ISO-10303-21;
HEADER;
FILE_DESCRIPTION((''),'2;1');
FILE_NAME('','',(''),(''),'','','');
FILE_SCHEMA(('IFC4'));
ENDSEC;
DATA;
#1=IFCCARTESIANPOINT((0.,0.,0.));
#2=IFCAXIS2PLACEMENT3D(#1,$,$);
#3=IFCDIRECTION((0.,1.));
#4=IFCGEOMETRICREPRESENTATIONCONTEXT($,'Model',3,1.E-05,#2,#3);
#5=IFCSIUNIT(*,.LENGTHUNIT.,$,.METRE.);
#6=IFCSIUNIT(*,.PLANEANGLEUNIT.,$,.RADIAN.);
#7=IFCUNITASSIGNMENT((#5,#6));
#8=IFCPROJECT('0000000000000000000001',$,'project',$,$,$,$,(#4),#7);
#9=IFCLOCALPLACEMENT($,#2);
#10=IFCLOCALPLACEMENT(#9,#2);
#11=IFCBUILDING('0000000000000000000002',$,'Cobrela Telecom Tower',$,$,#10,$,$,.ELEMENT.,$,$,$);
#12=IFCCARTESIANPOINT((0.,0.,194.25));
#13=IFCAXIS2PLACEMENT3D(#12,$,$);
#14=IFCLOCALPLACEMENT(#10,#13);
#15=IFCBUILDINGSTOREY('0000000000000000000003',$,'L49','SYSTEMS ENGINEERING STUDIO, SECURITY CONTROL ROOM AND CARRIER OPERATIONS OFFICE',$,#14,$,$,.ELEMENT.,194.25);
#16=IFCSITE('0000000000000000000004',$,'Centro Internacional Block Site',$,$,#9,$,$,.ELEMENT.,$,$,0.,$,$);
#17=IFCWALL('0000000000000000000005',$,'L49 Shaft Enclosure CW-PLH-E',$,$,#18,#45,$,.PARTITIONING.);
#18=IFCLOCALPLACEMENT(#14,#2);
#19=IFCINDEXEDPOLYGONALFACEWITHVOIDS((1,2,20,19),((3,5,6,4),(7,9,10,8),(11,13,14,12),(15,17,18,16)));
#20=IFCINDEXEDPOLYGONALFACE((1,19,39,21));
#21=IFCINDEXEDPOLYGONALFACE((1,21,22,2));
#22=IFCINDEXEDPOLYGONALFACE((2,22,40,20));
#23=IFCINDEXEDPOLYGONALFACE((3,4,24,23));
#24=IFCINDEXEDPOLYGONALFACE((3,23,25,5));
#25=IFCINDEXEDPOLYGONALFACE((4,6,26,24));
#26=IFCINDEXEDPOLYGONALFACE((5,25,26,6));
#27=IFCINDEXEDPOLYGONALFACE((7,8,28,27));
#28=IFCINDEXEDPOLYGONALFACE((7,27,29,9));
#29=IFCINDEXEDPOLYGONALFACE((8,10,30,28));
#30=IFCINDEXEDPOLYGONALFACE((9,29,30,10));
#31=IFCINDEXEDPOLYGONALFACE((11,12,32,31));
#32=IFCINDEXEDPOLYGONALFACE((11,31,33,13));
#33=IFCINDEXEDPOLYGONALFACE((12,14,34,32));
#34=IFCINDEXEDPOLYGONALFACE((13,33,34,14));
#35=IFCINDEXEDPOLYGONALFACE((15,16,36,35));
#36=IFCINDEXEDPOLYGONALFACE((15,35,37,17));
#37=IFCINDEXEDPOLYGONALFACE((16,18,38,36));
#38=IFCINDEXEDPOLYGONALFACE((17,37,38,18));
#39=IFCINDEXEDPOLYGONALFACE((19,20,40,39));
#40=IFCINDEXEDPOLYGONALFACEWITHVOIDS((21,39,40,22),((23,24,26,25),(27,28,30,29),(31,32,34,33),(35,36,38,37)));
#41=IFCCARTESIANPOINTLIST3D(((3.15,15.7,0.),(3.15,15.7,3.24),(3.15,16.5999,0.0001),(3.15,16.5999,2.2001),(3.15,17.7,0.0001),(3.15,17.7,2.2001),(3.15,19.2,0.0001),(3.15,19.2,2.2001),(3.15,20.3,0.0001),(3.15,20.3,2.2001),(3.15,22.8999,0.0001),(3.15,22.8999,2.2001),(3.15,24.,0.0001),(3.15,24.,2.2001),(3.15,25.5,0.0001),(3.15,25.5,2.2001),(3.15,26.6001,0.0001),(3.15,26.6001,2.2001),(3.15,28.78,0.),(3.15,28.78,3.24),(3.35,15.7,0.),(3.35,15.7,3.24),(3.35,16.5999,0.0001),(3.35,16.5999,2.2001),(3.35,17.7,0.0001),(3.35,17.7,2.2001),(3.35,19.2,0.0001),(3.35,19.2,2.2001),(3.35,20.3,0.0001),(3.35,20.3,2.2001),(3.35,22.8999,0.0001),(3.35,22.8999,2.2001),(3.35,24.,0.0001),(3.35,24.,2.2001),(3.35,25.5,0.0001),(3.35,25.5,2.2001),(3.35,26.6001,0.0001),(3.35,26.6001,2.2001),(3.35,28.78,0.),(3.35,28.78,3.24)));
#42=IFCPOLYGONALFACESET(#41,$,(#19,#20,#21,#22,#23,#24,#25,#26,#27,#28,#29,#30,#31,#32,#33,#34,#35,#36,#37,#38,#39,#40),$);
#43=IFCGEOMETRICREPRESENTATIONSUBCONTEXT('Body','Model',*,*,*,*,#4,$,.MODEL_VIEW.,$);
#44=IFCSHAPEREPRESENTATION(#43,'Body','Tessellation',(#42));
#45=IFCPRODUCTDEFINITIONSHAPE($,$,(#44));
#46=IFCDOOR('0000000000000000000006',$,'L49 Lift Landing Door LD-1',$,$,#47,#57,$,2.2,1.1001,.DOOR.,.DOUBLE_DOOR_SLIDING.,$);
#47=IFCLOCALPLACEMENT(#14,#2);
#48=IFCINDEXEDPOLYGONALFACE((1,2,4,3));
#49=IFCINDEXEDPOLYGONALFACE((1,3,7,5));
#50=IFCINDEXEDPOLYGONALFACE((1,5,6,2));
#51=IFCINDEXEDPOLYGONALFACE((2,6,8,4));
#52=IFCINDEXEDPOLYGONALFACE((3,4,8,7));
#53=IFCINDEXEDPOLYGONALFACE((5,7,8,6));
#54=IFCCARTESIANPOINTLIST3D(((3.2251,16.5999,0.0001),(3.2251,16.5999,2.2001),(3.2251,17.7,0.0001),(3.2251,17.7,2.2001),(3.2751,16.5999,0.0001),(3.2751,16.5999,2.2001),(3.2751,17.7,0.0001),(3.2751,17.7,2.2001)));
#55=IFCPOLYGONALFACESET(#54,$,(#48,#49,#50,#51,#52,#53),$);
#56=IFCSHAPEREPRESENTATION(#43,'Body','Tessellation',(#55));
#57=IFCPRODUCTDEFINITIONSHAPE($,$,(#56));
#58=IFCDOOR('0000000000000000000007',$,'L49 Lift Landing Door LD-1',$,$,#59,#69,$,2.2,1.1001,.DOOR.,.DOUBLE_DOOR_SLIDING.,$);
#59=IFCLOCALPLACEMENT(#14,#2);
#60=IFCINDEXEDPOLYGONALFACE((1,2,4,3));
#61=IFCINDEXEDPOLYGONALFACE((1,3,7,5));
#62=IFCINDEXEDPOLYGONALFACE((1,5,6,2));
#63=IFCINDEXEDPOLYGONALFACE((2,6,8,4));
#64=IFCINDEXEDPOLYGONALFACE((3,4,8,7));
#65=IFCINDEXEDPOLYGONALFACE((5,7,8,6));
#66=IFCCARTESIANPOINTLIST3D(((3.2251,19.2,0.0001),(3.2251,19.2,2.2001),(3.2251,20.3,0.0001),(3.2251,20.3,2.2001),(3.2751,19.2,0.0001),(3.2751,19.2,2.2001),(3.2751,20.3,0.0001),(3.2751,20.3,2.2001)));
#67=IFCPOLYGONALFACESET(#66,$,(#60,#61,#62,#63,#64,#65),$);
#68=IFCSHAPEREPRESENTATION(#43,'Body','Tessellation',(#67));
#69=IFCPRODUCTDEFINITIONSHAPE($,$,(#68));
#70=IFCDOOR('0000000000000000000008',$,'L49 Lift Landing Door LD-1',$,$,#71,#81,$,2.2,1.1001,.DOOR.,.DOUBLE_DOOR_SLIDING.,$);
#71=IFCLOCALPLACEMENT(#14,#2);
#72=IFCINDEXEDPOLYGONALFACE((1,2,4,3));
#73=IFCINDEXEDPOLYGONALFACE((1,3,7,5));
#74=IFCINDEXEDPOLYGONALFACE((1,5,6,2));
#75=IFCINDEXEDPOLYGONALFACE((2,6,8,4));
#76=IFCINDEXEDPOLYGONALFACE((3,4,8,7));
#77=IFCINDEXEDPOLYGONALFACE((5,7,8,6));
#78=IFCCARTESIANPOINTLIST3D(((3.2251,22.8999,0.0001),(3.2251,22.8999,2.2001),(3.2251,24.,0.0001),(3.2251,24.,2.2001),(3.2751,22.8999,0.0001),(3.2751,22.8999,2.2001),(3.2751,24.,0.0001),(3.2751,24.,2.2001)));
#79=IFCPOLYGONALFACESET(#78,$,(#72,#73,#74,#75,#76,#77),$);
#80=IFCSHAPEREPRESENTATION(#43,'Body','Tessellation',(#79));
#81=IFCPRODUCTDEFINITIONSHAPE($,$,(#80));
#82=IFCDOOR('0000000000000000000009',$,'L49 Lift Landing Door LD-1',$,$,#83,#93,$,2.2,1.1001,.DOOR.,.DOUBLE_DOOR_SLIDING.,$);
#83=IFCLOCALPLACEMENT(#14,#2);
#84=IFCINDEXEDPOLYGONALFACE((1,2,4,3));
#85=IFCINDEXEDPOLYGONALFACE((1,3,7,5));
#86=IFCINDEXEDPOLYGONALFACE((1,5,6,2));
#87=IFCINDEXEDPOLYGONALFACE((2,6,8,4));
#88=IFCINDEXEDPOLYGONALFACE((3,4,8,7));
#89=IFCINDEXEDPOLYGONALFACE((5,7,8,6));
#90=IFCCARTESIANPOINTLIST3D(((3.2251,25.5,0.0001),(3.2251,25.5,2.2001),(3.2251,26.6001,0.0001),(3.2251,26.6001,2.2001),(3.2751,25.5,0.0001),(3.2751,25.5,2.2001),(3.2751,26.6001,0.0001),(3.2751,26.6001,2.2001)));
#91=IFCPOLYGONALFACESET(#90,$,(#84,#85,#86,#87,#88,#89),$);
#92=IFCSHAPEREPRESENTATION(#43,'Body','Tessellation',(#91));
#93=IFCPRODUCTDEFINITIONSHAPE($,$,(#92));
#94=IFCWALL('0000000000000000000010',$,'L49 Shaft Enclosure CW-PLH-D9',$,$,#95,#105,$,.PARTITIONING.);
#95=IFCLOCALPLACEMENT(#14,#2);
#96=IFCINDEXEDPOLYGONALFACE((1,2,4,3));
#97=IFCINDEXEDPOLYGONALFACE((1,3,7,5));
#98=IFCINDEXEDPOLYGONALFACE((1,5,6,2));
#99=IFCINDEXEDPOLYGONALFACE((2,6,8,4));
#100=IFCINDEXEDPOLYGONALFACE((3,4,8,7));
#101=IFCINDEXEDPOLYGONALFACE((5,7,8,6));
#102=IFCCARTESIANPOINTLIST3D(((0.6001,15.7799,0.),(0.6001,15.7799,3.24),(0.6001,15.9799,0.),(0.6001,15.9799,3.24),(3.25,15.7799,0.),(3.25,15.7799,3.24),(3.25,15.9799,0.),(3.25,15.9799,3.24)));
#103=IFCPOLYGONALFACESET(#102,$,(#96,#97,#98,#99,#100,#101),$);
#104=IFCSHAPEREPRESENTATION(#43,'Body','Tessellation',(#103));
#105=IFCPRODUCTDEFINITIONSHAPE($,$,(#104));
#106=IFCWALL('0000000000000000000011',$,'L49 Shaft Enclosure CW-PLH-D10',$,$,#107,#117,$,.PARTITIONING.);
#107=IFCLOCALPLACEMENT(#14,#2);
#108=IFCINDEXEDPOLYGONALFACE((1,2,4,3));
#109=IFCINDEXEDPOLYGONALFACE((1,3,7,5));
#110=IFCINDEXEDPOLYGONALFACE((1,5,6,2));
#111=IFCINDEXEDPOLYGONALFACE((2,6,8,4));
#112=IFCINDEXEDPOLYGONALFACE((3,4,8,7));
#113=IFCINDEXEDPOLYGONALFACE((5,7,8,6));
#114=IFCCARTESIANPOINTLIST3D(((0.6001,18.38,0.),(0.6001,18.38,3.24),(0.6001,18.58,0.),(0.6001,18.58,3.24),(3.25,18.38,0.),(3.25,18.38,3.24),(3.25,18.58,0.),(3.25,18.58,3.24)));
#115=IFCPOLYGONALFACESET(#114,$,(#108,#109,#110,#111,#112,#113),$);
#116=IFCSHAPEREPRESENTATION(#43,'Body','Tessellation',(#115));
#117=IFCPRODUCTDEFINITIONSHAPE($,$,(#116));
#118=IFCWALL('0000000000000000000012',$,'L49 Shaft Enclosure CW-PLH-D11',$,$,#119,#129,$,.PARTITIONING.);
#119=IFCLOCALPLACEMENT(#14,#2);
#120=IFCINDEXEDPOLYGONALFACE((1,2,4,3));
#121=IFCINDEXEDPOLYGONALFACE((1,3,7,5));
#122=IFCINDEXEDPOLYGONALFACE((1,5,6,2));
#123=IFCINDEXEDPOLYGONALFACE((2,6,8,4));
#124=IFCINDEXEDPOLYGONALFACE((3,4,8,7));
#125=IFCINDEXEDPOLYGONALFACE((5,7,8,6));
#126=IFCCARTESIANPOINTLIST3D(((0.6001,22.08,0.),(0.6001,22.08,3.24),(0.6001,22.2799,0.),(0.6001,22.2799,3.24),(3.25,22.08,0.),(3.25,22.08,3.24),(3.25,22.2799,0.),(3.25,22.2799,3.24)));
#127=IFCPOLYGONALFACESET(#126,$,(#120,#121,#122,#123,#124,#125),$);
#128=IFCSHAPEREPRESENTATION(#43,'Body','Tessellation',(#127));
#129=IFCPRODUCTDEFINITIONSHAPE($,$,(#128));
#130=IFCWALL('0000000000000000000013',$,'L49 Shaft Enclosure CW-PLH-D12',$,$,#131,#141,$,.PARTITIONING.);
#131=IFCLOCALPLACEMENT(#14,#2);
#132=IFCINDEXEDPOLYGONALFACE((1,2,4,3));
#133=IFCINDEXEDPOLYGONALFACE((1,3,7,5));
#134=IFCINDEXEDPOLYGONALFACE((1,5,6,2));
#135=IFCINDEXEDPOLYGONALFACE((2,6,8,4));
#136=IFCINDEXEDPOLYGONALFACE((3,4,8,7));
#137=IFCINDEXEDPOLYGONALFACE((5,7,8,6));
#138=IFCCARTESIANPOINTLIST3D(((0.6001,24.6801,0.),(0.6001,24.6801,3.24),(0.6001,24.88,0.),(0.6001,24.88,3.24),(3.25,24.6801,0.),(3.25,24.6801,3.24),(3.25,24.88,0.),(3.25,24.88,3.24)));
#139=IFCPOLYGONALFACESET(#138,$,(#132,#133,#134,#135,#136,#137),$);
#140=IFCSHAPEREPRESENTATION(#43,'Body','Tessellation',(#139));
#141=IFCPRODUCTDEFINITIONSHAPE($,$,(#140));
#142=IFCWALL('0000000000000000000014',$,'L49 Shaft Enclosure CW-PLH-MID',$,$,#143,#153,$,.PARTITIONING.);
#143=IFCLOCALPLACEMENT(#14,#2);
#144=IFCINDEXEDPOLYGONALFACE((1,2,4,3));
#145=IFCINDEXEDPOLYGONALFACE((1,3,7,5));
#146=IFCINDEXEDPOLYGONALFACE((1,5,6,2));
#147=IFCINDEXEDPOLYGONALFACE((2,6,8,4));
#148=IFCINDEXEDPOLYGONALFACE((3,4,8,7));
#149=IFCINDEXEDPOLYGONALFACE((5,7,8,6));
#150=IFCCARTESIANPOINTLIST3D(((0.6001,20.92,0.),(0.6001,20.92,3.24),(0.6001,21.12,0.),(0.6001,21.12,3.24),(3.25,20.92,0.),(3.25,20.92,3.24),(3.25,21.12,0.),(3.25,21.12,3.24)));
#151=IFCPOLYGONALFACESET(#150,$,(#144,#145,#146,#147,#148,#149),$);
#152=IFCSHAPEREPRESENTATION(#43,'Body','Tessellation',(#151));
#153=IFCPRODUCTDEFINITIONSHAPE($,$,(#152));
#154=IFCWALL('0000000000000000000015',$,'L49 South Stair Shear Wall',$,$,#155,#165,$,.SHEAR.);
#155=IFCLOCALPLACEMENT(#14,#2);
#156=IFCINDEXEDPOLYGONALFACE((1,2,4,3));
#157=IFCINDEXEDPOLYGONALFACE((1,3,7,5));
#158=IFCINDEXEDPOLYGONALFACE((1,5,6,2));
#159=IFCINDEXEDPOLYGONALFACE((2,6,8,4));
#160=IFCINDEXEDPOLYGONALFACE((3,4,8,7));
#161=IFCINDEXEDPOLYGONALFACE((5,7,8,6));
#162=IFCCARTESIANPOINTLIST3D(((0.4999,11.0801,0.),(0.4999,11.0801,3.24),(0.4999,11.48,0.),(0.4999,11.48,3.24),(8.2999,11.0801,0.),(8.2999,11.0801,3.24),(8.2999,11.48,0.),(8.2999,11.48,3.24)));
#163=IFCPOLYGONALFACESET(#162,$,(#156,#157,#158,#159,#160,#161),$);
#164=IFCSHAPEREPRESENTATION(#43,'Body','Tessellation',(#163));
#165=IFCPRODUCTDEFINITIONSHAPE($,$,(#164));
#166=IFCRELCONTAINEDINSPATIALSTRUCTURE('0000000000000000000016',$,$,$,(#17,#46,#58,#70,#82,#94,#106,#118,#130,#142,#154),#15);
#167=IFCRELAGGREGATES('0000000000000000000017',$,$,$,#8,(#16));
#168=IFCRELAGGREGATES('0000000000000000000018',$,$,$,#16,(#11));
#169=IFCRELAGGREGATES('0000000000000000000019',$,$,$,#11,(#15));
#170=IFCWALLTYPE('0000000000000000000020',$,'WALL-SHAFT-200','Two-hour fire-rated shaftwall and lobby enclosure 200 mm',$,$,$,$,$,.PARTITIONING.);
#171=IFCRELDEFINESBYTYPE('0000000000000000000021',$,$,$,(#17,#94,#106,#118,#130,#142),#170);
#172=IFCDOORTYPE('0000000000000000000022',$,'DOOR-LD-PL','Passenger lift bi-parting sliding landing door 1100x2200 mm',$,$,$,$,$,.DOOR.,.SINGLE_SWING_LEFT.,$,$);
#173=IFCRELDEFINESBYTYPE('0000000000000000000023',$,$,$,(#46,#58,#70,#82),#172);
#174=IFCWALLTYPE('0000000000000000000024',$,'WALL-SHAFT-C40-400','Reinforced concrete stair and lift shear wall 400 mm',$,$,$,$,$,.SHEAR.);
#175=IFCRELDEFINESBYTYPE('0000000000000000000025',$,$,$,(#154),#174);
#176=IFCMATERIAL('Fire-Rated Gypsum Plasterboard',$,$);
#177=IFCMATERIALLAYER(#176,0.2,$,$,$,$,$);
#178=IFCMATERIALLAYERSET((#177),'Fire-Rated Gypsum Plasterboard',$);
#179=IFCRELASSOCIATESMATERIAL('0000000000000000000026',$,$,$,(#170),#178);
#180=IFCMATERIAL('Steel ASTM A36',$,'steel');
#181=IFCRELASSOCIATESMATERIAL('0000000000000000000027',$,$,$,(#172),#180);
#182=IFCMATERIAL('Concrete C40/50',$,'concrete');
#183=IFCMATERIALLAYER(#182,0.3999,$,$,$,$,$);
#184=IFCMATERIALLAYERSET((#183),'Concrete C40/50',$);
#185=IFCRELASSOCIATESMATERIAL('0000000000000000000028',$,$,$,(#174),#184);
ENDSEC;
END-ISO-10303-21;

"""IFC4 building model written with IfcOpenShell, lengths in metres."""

from ifc_helpers import new_model, si_unit, direction, frame, frame_2d, origin, place, context, subcontext, project, spatial, rectangle, extrude, material, layer, layer_set, type_object, element, fill, save


model = new_model("IFC4")

# Units and contexts
model_context = context("Model", 3, precision=1e-05, world=origin(), true_north=direction((0.0, 1.0)))
body_context = subcontext(model_context, "Body", "Model", "MODEL_VIEW")
ifc_project = project(units=[si_unit("LENGTHUNIT", "METRE"), si_unit("PLANEANGLEUNIT", "RADIAN")], contexts=[model_context])

# Site, building, storey
site_placement = place(None, origin())
site = spatial("IfcSite", under=ifc_project, at=site_placement, Name="Centro Internacional Block Site", CompositionType="ELEMENT", RefElevation=0.0)
building_placement = place(site_placement, origin())
building = spatial("IfcBuilding", under=site, at=building_placement, Name="Cobrela Telecom Tower", CompositionType="ELEMENT")
storey_placement = place(building_placement, frame((0.0, 0.0, 194.25)))
storey = spatial("IfcBuildingStorey", under=building, at=storey_placement, Name="L49", Description="SYSTEMS ENGINEERING STUDIO, SECURITY CONTROL ROOM AND CARRIER OPERATIONS OFFICE", CompositionType="ELEMENT", Elevation=194.25)

# Shared definitions
ifc_material_1 = material(Name="Fire-Rated Gypsum Plasterboard")

# Wall, openings, doors
ifc_layer_1 = layer(ifc_material_1, 0.2)
ifc_layer_set_1 = layer_set([ifc_layer_1], Name="Fire-Rated Gypsum Plasterboard")
wall_type_1 = type_object("IfcWallType", Name="WALL-SHAFT-200", Description="Two-hour fire-rated shaftwall and lobby enclosure 200 mm", PredefinedType="PARTITIONING", material=ifc_layer_set_1)
wall_1_placement = place(storey_placement, frame((3.25, 15.7, 0.0), z_axis=(0.0, 0.0, 1.0), x_axis=(0.0, 1.0, 0.0)))
wall_1 = element("IfcWall", 1, at=wall_1_placement, inside=storey, type_object=wall_type_1, Name="L49 Shaft Enclosure CW-PLH-E", PredefinedType="PARTITIONING", context=body_context, shape_type="SweptSolid", body=[
    extrude(rectangle(XDim=13.0801, YDim=0.2, at=frame_2d((6.54, 0.0))), origin(), (0.0, 0.0, 1.0), 3.24),
])
opening_1_placement = place(wall_1_placement, frame((0.8999, 0.0, 0.0)))
opening_1 = element("IfcOpeningElement", 2, at=opening_1_placement, cuts=wall_1, PredefinedType="OPENING", context=body_context, shape_type="SweptSolid", body=[
    extrude(rectangle(XDim=1.1001, YDim=2.2, at=frame_2d((0.55, 1.1001))), frame((0.0, 0.1118, 0.0), z_axis=(0.0, -1.0, 0.0), x_axis=(1.0, 0.0, 0.0)), (0.0, 0.0, 1.0), 0.2239),
])
opening_2_placement = place(wall_1_placement, frame((3.5, 0.0, 0.0)))
opening_2 = element("IfcOpeningElement", 3, at=opening_2_placement, cuts=wall_1, PredefinedType="OPENING", context=body_context, shape_type="SweptSolid", body=[
    extrude(rectangle(XDim=1.1001, YDim=2.2, at=frame_2d((0.55, 1.1001))), frame((0.0, 0.1118, 0.0), z_axis=(0.0, -1.0, 0.0), x_axis=(1.0, 0.0, 0.0)), (0.0, 0.0, 1.0), 0.2239),
])
opening_3_placement = place(wall_1_placement, frame((7.2, 0.0, 0.0)))
opening_3 = element("IfcOpeningElement", 4, at=opening_3_placement, cuts=wall_1, PredefinedType="OPENING", context=body_context, shape_type="SweptSolid", body=[
    extrude(rectangle(XDim=1.1001, YDim=2.2, at=frame_2d((0.55, 1.1001))), frame((0.0, 0.1118, 0.0), z_axis=(0.0, -1.0, 0.0), x_axis=(1.0, 0.0, 0.0)), (0.0, 0.0, 1.0), 0.2239),
])
opening_4_placement = place(wall_1_placement, frame((9.8, 0.0, 0.0)))
opening_4 = element("IfcOpeningElement", 5, at=opening_4_placement, cuts=wall_1, PredefinedType="OPENING", context=body_context, shape_type="SweptSolid", body=[
    extrude(rectangle(XDim=1.1001, YDim=2.2, at=frame_2d((0.55, 1.1001))), frame((0.0, 0.1118, 0.0), z_axis=(0.0, -1.0, 0.0), x_axis=(1.0, 0.0, 0.0)), (0.0, 0.0, 1.0), 0.2239),
])
ifc_material_2 = material(Name="Steel ASTM A36", Category="steel")
door_type_1 = type_object("IfcDoorType", Name="DOOR-LD-PL", Description="Passenger lift bi-parting sliding landing door 1100x2200 mm", OperationType="SINGLE_SWING_LEFT", PredefinedType="DOOR", material=ifc_material_2)
door_1_placement = place(opening_1_placement, origin())
door_1 = element("IfcDoor", 6, at=door_1_placement, inside=storey, type_object=door_type_1, Name="L49 Lift Landing Door LD-1", OperationType="DOUBLE_DOOR_SLIDING", OverallHeight=2.2, OverallWidth=1.1001, PredefinedType="DOOR", context=body_context, shape_type="SweptSolid", body=[
    extrude(rectangle(XDim=1.1001, YDim=2.2, at=frame_2d((0.55, 1.1001))), frame((0.0, 0.0249, 0.0), z_axis=(0.0, -1.0, 0.0), x_axis=(1.0, 0.0, 0.0)), (0.0, 0.0, 1.0), 0.05),
])
fill(opening_1, door_1)
door_2_placement = place(opening_2_placement, origin())
door_2 = element("IfcDoor", 7, at=door_2_placement, inside=storey, type_object=door_type_1, Name="L49 Lift Landing Door LD-1", OperationType="DOUBLE_DOOR_SLIDING", OverallHeight=2.2, OverallWidth=1.1001, PredefinedType="DOOR", context=body_context, shape_type="SweptSolid", body=[
    extrude(rectangle(XDim=1.1001, YDim=2.2, at=frame_2d((0.55, 1.1001))), frame((0.0, 0.0249, 0.0), z_axis=(0.0, -1.0, 0.0), x_axis=(1.0, 0.0, 0.0)), (0.0, 0.0, 1.0), 0.05),
])
fill(opening_2, door_2)
door_3_placement = place(opening_3_placement, origin())
door_3 = element("IfcDoor", 8, at=door_3_placement, inside=storey, type_object=door_type_1, Name="L49 Lift Landing Door LD-1", OperationType="DOUBLE_DOOR_SLIDING", OverallHeight=2.2, OverallWidth=1.1001, PredefinedType="DOOR", context=body_context, shape_type="SweptSolid", body=[
    extrude(rectangle(XDim=1.1001, YDim=2.2, at=frame_2d((0.55, 1.1001))), frame((0.0, 0.0249, 0.0), z_axis=(0.0, -1.0, 0.0), x_axis=(1.0, 0.0, 0.0)), (0.0, 0.0, 1.0), 0.05),
])
fill(opening_3, door_3)
door_4_placement = place(opening_4_placement, origin())
door_4 = element("IfcDoor", 9, at=door_4_placement, inside=storey, type_object=door_type_1, Name="L49 Lift Landing Door LD-1", OperationType="DOUBLE_DOOR_SLIDING", OverallHeight=2.2, OverallWidth=1.1001, PredefinedType="DOOR", context=body_context, shape_type="SweptSolid", body=[
    extrude(rectangle(XDim=1.1001, YDim=2.2, at=frame_2d((0.55, 1.1001))), frame((0.0, 0.0249, 0.0), z_axis=(0.0, -1.0, 0.0), x_axis=(1.0, 0.0, 0.0)), (0.0, 0.0, 1.0), 0.05),
])
fill(opening_4, door_4)

# Walls
for number, where, z_axis, x_axis, name in (
    (10, (0.6001, 15.8799, 0.0), (0.0, 0.0, 1.0), (1.0, 0.0, 0.0), "L49 Shaft Enclosure CW-PLH-D9"),
    (11, (0.6001, 18.48, 0.0), (0.0, 0.0, 1.0), (1.0, 0.0, 0.0), "L49 Shaft Enclosure CW-PLH-D10"),
    (12, (0.6001, 22.1799, 0.0), (0.0, 0.0, 1.0), (1.0, 0.0, 0.0), "L49 Shaft Enclosure CW-PLH-D11"),
    (13, (0.6001, 24.78, 0.0), (0.0, 0.0, 1.0), (1.0, 0.0, 0.0), "L49 Shaft Enclosure CW-PLH-D12"),
    (14, (0.6001, 21.02, 0.0), (0.0, 0.0, 1.0), (1.0, 0.0, 0.0), "L49 Shaft Enclosure CW-PLH-MID"),
):
    element("IfcWall", number, at=place(storey_placement, frame(where, z_axis=z_axis, x_axis=x_axis)), inside=storey, type_object=wall_type_1, Name=name, PredefinedType="PARTITIONING", context=body_context, shape_type="SweptSolid", body=[
        extrude(rectangle(XDim=2.6499, YDim=0.2, at=frame_2d((1.325, 0.0))), origin(), (0.0, 0.0, 1.0), 3.24),
    ])
ifc_material_3 = material(Name="Concrete C40/50", Category="concrete")
ifc_layer_2 = layer(ifc_material_3, 0.3999)
ifc_layer_set_2 = layer_set([ifc_layer_2], Name="Concrete C40/50")
wall_type_2 = type_object("IfcWallType", Name="WALL-SHAFT-C40-400", Description="Reinforced concrete stair and lift shear wall 400 mm", PredefinedType="SHEAR", material=ifc_layer_set_2)
wall_2_placement = place(storey_placement, frame((0.5, 11.28, 0.0), z_axis=(0.0, 0.0, 1.0), x_axis=(1.0, 0.0, 0.0)))
element("IfcWall", 15, at=wall_2_placement, inside=storey, type_object=wall_type_2, Name="L49 South Stair Shear Wall", PredefinedType="SHEAR", context=body_context, shape_type="SweptSolid", body=[
    extrude(rectangle(XDim=7.8, YDim=0.3999, at=frame_2d((3.8999, 0.0))), origin(), (0.0, 0.0, 1.0), 3.24),
])

save(model, "model.ifc")
